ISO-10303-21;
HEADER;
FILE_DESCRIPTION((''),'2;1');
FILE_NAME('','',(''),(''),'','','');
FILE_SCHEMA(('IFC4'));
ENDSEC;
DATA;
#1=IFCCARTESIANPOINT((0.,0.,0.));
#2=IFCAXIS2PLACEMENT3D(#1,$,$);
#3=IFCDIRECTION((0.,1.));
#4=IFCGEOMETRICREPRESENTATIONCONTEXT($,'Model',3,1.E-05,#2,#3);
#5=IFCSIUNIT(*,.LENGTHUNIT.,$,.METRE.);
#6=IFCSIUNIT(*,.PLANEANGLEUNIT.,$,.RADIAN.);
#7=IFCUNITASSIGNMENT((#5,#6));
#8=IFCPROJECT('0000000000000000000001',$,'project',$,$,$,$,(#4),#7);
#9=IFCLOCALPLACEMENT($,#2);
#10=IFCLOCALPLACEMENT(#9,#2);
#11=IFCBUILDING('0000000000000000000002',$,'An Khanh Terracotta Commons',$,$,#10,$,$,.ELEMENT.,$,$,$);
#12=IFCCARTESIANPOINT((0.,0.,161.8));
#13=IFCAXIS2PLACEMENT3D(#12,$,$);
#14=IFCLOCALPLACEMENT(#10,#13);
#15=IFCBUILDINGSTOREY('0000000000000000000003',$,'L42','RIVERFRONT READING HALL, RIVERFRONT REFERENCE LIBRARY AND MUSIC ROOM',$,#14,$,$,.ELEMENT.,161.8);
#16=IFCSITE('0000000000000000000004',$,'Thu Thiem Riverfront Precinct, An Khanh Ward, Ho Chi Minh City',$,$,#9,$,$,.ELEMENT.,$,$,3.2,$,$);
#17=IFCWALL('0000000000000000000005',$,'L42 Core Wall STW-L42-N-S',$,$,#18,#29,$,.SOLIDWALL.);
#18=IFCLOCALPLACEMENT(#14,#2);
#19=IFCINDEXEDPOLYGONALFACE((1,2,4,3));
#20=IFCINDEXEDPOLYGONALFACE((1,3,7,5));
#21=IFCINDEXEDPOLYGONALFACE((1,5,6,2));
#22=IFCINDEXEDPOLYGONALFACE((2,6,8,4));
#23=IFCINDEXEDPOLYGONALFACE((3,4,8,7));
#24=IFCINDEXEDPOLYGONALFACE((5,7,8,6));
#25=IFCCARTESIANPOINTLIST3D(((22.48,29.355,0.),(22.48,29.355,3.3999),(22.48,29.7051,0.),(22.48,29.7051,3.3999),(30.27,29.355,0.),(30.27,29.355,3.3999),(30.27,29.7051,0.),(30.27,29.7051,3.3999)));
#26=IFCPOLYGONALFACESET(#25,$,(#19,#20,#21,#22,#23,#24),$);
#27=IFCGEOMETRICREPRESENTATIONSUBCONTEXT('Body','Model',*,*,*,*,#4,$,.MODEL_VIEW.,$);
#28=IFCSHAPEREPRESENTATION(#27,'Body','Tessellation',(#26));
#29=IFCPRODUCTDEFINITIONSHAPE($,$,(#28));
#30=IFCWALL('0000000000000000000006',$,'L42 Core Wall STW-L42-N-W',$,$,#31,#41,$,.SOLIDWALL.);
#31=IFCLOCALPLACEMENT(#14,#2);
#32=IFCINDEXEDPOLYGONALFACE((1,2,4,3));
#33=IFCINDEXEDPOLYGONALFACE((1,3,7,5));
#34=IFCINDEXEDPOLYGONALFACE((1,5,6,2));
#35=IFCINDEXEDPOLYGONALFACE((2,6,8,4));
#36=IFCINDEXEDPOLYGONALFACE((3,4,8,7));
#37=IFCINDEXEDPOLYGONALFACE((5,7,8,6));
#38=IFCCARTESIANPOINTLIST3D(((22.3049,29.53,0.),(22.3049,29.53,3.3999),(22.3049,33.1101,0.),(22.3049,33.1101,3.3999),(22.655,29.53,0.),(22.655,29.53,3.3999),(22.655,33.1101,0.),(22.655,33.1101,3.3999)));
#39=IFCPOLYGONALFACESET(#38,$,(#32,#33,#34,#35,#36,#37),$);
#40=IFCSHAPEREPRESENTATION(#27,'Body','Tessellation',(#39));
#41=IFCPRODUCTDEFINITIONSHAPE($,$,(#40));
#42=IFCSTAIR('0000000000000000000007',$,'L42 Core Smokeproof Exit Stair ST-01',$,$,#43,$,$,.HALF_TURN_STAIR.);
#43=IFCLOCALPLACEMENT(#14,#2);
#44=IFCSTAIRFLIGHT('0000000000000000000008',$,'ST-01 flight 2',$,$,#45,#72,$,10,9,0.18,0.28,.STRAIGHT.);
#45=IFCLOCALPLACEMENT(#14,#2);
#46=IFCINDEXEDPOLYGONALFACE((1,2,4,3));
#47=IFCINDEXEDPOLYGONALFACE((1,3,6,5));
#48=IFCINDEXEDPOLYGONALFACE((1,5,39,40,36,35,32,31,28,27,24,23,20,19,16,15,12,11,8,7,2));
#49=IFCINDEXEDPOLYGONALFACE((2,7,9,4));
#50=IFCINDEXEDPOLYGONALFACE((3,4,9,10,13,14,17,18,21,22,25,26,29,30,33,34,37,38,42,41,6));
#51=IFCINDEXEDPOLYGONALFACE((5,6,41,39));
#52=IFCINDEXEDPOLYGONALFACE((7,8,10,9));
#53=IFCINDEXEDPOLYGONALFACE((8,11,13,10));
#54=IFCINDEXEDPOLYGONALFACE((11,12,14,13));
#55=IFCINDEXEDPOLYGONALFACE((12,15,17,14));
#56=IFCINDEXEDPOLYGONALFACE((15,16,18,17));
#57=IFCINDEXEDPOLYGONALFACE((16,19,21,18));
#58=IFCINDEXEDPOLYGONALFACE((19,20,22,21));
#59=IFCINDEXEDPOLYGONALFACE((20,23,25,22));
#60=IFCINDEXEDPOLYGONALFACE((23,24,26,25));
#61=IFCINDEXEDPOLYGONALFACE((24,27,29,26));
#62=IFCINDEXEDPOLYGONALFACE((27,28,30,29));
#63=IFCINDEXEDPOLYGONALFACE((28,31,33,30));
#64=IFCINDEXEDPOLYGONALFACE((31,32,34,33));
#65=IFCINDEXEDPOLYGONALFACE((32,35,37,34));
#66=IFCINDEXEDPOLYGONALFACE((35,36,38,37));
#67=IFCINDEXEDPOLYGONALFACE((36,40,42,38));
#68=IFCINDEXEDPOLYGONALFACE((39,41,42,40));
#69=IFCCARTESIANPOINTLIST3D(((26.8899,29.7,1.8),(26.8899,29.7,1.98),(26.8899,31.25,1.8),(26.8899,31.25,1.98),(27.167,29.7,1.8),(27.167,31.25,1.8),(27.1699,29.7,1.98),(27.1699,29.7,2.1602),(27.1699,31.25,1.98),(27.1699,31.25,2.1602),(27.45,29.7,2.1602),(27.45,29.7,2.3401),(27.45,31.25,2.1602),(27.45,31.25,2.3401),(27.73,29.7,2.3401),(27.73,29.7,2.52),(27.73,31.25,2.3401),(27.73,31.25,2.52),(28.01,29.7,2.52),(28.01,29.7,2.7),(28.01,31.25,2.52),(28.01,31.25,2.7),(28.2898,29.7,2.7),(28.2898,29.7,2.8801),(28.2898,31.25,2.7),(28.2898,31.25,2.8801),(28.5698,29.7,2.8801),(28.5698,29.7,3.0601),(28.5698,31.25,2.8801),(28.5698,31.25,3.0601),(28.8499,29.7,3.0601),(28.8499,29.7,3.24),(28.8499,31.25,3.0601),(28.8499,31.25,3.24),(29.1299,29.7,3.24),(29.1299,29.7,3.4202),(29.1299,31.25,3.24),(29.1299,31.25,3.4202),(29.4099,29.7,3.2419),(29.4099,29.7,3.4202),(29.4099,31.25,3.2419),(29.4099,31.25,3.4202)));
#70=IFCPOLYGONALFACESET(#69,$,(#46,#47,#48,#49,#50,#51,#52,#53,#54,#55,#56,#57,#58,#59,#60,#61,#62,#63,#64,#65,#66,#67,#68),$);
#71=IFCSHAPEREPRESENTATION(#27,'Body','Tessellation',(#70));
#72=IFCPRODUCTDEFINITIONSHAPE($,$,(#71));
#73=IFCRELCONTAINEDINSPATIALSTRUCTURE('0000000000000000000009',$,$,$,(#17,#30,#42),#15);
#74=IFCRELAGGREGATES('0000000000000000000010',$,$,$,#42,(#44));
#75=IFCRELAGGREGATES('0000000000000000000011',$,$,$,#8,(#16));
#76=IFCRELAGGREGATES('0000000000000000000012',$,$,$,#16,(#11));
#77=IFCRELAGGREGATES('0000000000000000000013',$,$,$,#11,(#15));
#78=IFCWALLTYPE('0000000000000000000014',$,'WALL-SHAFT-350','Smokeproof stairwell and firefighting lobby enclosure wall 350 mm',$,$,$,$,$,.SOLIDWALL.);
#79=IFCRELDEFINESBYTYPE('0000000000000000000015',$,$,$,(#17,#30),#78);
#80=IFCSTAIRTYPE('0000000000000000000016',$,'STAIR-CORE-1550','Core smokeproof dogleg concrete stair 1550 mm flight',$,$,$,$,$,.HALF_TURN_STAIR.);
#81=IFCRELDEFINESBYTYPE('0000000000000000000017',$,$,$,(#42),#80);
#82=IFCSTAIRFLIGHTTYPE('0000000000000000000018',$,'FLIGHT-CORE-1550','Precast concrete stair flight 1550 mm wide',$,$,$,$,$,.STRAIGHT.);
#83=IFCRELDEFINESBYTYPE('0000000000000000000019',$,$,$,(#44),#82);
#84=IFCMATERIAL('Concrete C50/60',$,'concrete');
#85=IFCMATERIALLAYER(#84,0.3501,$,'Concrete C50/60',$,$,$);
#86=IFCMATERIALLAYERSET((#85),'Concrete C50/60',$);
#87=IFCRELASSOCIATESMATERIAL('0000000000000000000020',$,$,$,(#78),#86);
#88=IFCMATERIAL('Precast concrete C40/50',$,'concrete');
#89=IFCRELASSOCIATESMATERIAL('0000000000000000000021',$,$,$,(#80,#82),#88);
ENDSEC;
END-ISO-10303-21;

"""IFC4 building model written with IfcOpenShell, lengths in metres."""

from ifc_helpers import new_model, si_unit, direction, frame, frame_2d, origin, place, context, subcontext, project, spatial, polyline, rectangle, outline, extrude, material, layer, layer_set, type_object, element, aggregate, save


model = new_model("IFC4")

# Units and contexts
model_context = context("Model", 3, precision=1e-05, world=origin(), true_north=direction((0.0, 1.0)))
body_context = subcontext(model_context, "Body", "Model", "MODEL_VIEW")
ifc_project = project(units=[si_unit("LENGTHUNIT", "METRE"), si_unit("PLANEANGLEUNIT", "RADIAN")], contexts=[model_context])

# Site, building, storey
site_placement = place(None, origin())
site = spatial("IfcSite", under=ifc_project, at=site_placement, Name="Thu Thiem Riverfront Precinct, An Khanh Ward, Ho Chi Minh City", CompositionType="ELEMENT", RefElevation=3.2)
building_placement = place(site_placement, origin())
building = spatial("IfcBuilding", under=site, at=building_placement, Name="An Khanh Terracotta Commons", CompositionType="ELEMENT")
storey_placement = place(building_placement, frame((0.0, 0.0, 161.8)))
storey = spatial("IfcBuildingStorey", under=building, at=storey_placement, Name="L42", Description="RIVERFRONT READING HALL, RIVERFRONT REFERENCE LIBRARY AND MUSIC ROOM", CompositionType="ELEMENT", Elevation=161.8)

# Walls
ifc_material_1 = material(Name="Concrete C50/60", Category="concrete")
ifc_layer_1 = layer(ifc_material_1, 0.3501, Name="Concrete C50/60")
ifc_layer_set_1 = layer_set([ifc_layer_1], Name="Concrete C50/60")
wall_type_1 = type_object("IfcWallType", Name="WALL-SHAFT-350", Description="Smokeproof stairwell and firefighting lobby enclosure wall 350 mm", PredefinedType="SOLIDWALL", material=ifc_layer_set_1)
wall_1_placement = place(storey_placement, frame((22.48, 29.53, 0.0), z_axis=(0.0, 0.0, 1.0), x_axis=(1.0, 0.0, 0.0)))
element("IfcWall", 1, at=wall_1_placement, inside=storey, type_object=wall_type_1, Name="L42 Core Wall STW-L42-N-S", PredefinedType="SOLIDWALL", context=body_context, shape_type="SweptSolid", body=[
    extrude(rectangle(XDim=7.79, YDim=0.3501, at=frame_2d((3.895, 0.0))), origin(), (0.0, 0.0, 1.0), 3.3999),
])
wall_2_placement = place(storey_placement, frame((22.48, 29.53, 0.0), z_axis=(0.0, 0.0, 1.0), x_axis=(0.0, 1.0, 0.0)))
element("IfcWall", 2, at=wall_2_placement, inside=storey, type_object=wall_type_1, Name="L42 Core Wall STW-L42-N-W", PredefinedType="SOLIDWALL", context=body_context, shape_type="SweptSolid", body=[
    extrude(rectangle(XDim=3.5801, YDim=0.3501, at=frame_2d((1.79, 0.0))), origin(), (0.0, 0.0, 1.0), 3.3999),
])

# Stair, stair flight
ifc_material_2 = material(Name="Precast concrete C40/50", Category="concrete")
stair_type = type_object("IfcStairType", Name="STAIR-CORE-1550", Description="Core smokeproof dogleg concrete stair 1550 mm flight", PredefinedType="HALF_TURN_STAIR", material=ifc_material_2)
stair_placement = place(storey_placement, origin())
stair = element("IfcStair", 3, at=stair_placement, inside=storey, type_object=stair_type, Name="L42 Core Smokeproof Exit Stair ST-01", PredefinedType="HALF_TURN_STAIR")
stair_flight_type = type_object("IfcStairFlightType", Name="FLIGHT-CORE-1550", Description="Precast concrete stair flight 1550 mm wide", PredefinedType="STRAIGHT", material=ifc_material_2)
stair_flight_placement = place(storey_placement, frame((26.8899, 30.4751, 1.8), z_axis=(0.0, 0.0, 1.0), x_axis=(1.0, 0.0, 0.0)))
stair_flight = element("IfcStairFlight", 4, at=stair_flight_placement, type_object=stair_flight_type, Name="ST-01 flight 2", NumberOfRisers=10, NumberOfTreads=9, PredefinedType="STRAIGHT", RiserHeight=0.18, TreadLength=0.28, context=body_context, shape_type="SweptSolid", body=[
    extrude(outline(polyline([(0.0, 0.0), (0.0, 0.1799), (0.28, 0.1799), (0.28, 0.3601), (0.5601, 0.3601), (0.5601, 0.54), (0.8401, 0.54), (0.8401, 0.72), (1.1201, 0.72), (1.1201, 0.8999), (1.3999, 0.8999), (1.3999, 1.0801), (1.6799, 1.0801), (1.6799, 1.26), (1.96, 1.26), (1.96, 1.4399), (2.24, 1.4399), (2.24, 1.6201), (2.52, 1.6201), (2.52, 1.8), (2.52, 1.4419), (0.2771, 0.0), (0.0, 0.0)])), frame((0.0, 0.7749, 0.0), z_axis=(0.0, -1.0, 0.0), x_axis=(1.0, 0.0, 0.0)), (0.0, 0.0, 1.0), 1.55),
])
aggregate(stair, [stair_flight])

save(model, "model.ifc")
